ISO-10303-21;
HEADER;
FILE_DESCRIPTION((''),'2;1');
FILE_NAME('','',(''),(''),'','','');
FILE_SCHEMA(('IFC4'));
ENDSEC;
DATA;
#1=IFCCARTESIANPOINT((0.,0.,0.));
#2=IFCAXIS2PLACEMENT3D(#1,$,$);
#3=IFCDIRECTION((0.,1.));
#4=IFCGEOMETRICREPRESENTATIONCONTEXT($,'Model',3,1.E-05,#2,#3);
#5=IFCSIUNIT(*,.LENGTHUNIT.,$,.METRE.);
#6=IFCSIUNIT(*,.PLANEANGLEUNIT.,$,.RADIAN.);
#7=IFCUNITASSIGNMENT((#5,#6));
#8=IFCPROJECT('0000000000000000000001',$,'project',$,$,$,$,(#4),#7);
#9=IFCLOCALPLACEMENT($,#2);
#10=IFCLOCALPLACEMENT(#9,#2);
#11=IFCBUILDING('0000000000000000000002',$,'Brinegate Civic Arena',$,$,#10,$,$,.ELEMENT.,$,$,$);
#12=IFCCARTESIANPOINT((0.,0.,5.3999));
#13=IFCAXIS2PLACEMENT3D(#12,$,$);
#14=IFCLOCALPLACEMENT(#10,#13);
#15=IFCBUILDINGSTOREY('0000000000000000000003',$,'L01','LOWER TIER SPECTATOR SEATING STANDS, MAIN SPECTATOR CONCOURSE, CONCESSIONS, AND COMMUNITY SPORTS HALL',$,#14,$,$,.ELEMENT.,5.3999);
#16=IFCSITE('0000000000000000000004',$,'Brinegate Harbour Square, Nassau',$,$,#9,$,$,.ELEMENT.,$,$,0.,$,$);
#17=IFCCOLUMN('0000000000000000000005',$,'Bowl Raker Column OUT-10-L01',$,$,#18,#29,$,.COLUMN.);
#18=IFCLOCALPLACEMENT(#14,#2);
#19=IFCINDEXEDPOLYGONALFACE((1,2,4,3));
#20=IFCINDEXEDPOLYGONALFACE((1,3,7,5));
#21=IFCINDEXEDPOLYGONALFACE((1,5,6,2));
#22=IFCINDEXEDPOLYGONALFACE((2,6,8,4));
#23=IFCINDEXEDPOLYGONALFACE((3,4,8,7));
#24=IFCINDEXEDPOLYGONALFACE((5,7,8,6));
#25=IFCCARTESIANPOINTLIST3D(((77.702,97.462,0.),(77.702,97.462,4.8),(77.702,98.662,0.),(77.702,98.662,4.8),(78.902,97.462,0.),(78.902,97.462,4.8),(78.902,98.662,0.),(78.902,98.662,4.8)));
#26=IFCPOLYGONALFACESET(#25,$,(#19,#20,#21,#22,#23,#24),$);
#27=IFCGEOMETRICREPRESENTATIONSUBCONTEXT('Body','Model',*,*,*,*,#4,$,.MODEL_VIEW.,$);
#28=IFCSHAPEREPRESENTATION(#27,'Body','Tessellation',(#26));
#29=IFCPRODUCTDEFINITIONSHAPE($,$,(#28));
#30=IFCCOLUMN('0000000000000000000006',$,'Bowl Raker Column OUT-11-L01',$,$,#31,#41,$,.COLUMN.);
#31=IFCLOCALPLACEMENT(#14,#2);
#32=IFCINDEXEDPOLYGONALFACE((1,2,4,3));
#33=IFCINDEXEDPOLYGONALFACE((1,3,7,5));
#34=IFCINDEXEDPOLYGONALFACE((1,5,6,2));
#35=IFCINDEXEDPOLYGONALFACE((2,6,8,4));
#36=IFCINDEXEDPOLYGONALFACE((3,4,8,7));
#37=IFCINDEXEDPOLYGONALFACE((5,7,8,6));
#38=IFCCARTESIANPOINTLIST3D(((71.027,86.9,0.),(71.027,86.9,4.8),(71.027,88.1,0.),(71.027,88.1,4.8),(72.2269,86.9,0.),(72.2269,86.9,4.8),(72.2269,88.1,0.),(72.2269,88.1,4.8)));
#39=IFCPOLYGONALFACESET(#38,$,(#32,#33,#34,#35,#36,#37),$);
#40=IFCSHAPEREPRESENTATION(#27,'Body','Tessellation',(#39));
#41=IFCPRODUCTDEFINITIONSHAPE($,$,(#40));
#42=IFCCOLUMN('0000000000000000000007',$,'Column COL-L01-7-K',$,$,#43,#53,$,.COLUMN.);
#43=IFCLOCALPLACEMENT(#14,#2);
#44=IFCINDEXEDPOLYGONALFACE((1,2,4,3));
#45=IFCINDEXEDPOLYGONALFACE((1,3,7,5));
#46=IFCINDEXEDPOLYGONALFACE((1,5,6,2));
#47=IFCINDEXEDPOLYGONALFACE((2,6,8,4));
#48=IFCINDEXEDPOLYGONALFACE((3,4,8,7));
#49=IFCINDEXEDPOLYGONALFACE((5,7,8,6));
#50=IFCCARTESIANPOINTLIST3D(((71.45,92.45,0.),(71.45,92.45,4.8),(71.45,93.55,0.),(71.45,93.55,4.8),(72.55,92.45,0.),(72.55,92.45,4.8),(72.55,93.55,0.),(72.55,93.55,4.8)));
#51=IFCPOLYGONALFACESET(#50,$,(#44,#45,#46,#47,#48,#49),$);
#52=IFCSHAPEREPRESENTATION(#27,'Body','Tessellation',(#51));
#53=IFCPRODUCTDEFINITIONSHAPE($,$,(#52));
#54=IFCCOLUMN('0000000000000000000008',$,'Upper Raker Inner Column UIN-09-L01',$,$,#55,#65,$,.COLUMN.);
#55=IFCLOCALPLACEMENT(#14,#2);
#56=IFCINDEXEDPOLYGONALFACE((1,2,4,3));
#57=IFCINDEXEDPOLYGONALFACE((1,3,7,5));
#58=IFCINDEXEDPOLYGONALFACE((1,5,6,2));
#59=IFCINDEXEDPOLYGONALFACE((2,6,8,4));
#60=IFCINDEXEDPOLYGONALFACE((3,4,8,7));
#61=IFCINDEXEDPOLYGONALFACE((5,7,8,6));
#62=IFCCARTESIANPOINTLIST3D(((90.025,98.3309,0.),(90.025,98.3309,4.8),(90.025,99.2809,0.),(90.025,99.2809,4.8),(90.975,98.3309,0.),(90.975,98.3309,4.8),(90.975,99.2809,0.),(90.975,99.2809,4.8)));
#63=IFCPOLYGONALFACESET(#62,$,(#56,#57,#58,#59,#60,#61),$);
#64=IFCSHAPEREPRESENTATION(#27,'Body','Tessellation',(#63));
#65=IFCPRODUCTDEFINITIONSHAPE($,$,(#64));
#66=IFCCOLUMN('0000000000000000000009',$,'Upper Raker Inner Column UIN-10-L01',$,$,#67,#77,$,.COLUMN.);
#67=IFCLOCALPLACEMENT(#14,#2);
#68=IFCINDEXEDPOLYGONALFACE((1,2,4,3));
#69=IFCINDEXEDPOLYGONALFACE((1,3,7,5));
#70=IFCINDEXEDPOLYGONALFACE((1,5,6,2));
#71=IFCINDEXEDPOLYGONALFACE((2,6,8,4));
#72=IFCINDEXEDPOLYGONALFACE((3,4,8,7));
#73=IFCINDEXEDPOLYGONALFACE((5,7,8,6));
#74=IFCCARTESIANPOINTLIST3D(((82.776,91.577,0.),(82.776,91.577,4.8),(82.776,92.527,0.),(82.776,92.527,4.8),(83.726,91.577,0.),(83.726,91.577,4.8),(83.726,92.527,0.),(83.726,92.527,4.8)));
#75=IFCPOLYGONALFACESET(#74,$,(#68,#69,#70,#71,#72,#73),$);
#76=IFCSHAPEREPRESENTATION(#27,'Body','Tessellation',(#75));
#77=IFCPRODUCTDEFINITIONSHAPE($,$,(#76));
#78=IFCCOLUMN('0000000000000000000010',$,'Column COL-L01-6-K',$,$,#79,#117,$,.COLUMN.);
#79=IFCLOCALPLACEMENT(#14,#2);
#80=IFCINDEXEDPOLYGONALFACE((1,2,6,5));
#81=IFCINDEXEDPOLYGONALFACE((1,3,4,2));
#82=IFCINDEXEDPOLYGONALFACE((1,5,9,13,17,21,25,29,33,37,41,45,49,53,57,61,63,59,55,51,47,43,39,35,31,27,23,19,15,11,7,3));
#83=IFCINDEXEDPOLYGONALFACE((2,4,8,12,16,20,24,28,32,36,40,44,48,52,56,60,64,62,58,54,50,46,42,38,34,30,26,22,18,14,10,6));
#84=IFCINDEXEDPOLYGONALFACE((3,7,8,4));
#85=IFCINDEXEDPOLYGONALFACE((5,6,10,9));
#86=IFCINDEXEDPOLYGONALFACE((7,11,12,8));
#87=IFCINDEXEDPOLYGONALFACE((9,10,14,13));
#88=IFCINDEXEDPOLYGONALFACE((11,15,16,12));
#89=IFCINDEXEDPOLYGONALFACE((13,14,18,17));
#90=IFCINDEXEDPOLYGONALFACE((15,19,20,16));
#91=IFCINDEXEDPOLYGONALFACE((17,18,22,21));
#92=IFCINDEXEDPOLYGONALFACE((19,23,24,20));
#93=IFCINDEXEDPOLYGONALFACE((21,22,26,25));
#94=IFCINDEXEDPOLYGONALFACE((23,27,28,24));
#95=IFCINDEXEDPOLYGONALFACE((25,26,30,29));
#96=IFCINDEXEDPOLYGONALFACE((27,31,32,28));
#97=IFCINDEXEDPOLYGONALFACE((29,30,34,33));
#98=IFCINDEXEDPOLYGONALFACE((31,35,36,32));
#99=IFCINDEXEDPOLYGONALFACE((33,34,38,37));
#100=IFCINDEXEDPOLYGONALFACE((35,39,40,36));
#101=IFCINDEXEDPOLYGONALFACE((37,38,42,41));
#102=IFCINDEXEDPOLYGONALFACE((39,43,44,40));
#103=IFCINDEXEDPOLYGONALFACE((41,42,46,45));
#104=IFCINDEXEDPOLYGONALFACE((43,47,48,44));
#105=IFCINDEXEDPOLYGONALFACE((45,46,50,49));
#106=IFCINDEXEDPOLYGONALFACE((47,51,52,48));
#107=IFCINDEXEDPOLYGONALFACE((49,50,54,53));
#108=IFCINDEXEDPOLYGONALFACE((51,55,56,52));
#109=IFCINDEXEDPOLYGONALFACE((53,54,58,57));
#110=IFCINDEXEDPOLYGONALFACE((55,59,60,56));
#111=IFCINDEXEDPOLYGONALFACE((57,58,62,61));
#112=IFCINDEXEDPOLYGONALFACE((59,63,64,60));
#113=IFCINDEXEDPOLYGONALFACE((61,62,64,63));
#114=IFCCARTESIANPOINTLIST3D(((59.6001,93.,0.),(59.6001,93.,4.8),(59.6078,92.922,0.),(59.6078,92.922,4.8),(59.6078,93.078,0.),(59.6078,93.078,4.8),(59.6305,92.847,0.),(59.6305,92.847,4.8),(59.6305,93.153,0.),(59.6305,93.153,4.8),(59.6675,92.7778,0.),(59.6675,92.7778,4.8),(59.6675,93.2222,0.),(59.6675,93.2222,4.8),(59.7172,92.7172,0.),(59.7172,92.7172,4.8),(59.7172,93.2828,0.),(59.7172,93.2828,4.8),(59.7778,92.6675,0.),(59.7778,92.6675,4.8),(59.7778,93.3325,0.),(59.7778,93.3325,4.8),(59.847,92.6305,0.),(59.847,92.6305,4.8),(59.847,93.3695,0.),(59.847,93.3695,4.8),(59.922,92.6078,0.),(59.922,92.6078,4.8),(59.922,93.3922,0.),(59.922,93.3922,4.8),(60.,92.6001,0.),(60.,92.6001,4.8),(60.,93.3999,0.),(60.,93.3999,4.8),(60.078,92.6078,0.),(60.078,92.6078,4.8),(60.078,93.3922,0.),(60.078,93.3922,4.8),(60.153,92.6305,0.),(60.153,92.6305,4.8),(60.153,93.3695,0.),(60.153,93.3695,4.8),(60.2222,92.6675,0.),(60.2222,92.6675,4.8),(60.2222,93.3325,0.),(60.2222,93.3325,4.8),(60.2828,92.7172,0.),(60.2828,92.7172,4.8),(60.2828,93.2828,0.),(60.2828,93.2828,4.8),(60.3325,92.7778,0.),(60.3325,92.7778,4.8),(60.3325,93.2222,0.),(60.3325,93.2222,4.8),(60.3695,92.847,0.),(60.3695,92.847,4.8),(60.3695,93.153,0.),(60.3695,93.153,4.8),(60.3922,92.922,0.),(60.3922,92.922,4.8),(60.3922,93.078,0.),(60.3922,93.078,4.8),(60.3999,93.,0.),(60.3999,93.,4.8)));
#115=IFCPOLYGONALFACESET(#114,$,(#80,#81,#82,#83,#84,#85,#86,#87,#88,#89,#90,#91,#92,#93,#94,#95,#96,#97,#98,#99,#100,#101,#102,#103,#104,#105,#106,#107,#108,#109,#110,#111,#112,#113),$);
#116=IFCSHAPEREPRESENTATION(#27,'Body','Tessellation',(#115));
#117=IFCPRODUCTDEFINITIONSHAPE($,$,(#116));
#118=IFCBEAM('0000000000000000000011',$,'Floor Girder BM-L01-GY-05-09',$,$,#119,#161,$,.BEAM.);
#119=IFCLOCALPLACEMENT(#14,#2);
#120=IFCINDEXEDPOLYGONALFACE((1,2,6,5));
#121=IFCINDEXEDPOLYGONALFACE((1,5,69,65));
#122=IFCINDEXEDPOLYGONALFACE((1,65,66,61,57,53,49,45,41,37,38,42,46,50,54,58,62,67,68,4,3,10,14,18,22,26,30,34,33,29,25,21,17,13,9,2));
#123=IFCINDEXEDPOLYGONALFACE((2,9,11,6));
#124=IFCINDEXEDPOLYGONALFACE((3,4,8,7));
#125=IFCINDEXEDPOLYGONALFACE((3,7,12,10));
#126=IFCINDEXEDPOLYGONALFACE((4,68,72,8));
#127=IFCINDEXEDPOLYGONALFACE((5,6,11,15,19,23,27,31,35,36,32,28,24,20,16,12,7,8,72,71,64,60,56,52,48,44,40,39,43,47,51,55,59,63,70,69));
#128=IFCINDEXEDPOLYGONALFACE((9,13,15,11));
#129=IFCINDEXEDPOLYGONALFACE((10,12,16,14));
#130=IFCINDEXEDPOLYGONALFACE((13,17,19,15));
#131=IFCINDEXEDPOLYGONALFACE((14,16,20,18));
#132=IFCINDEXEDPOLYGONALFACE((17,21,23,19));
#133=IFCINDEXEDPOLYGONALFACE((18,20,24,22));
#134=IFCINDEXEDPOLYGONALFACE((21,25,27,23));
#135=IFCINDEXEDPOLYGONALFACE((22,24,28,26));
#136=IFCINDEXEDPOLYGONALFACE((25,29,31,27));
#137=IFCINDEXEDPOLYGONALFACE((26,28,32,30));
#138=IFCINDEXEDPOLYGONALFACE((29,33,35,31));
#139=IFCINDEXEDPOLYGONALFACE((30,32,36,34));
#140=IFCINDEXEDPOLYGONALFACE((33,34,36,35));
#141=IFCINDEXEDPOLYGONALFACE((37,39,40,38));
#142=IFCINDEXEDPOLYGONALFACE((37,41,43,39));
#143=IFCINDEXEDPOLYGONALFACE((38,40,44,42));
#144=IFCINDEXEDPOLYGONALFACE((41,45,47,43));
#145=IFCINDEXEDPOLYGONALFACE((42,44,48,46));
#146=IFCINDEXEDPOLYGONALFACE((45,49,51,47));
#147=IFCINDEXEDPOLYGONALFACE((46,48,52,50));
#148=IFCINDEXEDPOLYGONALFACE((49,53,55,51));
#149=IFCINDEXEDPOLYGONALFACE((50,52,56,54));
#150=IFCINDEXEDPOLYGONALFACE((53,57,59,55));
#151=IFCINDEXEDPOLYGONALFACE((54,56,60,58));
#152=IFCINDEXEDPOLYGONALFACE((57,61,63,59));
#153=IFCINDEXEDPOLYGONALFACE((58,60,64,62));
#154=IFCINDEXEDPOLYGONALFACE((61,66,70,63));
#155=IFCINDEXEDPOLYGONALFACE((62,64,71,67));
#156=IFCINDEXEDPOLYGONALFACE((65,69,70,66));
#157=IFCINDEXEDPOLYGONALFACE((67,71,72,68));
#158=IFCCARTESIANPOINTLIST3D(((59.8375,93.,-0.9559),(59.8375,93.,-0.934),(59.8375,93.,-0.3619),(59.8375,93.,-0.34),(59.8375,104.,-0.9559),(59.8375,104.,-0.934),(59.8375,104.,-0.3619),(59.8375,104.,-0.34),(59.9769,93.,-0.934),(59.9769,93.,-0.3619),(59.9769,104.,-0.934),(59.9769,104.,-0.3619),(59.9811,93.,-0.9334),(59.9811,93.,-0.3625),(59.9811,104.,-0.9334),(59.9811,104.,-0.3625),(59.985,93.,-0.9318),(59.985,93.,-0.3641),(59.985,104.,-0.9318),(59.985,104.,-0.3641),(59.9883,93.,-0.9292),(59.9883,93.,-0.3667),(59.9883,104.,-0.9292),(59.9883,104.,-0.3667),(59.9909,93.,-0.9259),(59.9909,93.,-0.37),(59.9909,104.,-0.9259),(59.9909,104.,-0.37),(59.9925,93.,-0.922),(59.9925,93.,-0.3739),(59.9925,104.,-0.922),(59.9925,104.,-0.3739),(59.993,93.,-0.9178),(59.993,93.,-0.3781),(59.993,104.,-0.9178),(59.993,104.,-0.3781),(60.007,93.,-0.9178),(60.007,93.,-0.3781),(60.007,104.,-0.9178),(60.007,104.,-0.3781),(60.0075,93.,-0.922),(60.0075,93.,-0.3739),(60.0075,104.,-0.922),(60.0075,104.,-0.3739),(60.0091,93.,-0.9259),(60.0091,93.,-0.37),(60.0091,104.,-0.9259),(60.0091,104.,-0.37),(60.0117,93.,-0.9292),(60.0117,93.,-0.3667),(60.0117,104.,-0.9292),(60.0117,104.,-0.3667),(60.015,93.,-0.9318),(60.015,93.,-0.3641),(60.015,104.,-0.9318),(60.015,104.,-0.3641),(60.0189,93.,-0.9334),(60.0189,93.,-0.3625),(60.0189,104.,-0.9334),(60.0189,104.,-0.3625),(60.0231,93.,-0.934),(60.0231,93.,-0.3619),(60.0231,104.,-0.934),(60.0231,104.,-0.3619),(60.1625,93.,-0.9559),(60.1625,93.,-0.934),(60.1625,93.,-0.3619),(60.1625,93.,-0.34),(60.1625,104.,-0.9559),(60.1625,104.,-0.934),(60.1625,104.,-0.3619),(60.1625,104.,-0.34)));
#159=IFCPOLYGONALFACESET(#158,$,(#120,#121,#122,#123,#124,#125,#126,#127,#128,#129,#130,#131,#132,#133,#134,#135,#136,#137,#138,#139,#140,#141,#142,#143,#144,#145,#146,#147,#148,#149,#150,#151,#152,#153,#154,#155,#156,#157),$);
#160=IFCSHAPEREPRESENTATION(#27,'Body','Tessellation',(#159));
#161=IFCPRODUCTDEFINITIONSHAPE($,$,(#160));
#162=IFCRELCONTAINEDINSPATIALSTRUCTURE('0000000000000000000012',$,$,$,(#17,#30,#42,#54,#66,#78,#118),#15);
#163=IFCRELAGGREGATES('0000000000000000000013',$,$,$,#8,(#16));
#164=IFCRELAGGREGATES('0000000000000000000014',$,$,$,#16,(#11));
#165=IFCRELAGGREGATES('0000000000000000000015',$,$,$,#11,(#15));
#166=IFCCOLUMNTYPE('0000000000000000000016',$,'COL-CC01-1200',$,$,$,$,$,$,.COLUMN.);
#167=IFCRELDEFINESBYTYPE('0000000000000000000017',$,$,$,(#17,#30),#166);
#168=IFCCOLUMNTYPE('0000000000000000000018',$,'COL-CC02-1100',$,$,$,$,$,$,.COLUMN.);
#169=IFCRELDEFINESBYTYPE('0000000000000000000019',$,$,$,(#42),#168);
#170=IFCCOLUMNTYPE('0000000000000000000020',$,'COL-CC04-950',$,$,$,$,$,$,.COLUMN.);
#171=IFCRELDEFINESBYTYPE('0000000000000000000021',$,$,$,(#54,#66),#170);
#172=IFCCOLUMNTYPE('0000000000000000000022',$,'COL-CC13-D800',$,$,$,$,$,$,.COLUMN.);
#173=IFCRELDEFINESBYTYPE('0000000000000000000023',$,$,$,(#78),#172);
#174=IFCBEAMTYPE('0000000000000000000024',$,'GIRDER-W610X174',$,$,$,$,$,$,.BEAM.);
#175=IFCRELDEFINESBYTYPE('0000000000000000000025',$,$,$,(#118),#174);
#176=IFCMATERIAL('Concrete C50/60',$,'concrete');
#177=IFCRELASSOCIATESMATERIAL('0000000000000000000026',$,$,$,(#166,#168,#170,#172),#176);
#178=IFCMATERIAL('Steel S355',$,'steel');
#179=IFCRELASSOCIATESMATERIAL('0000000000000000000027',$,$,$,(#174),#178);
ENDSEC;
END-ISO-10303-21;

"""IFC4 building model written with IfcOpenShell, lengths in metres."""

from ifc_helpers import new_model, si_unit, direction, frame, origin, origin_2d, place, context, subcontext, project, spatial, rectangle, circle, i_section, extrude, material, material_profile, profile_set, type_object, element, save


model = new_model("IFC4")

# Units and contexts
model_context = context("Model", 3, precision=1e-05, world=origin(), true_north=direction((0.0, 1.0)))
body_context = subcontext(model_context, "Body", "Model", "MODEL_VIEW")
ifc_project = project(units=[si_unit("LENGTHUNIT", "METRE"), si_unit("PLANEANGLEUNIT", "RADIAN")], contexts=[model_context])

# Site, building, storey
site_placement = place(None, origin())
site = spatial("IfcSite", under=ifc_project, at=site_placement, Name="Brinegate Harbour Square, Nassau", CompositionType="ELEMENT", RefElevation=0.0)
building_placement = place(site_placement, origin())
building = spatial("IfcBuilding", under=site, at=building_placement, Name="Brinegate Civic Arena", CompositionType="ELEMENT")
storey_placement = place(building_placement, frame((0.0, 0.0, 5.3999)))
storey = spatial("IfcBuildingStorey", under=building, at=storey_placement, Name="L01", Description="LOWER TIER SPECTATOR SEATING STANDS, MAIN SPECTATOR CONCOURSE, CONCESSIONS, AND COMMUNITY SPORTS HALL", CompositionType="ELEMENT", Elevation=5.3999)

# Columns
ifc_material_1 = material(Name="Concrete C50/60", Category="concrete")
ifc_material_profile_1 = material_profile(ifc_material_1, rectangle(XDim=1.2, YDim=1.2, at=origin_2d()), Name="RC1200X1200")
ifc_profile_set_1 = profile_set([ifc_material_profile_1], Name="Concrete C50/60")
column_type_1 = type_object("IfcColumnType", Name="COL-CC01-1200", PredefinedType="COLUMN", material=ifc_profile_set_1)
for number, where, z_axis, x_axis, name in (
    (1, (78.302, 98.062, 0.0), (0.0, 0.0, 1.0), (1.0, 0.0, 0.0), "Bowl Raker Column OUT-10-L01"),
    (2, (71.627, 87.5, 0.0), (0.0, 0.0, 1.0), (1.0, 0.0, 0.0), "Bowl Raker Column OUT-11-L01"),
):
    element("IfcColumn", number, at=place(storey_placement, frame(where, z_axis=z_axis, x_axis=x_axis)), inside=storey, type_object=column_type_1, Name=name, PredefinedType="COLUMN", context=body_context, shape_type="SweptSolid", body=[
        extrude(rectangle(XDim=1.2, YDim=1.2, at=origin_2d()), origin(), (0.0, 0.0, 1.0), 4.8),
    ])
ifc_material_profile_2 = material_profile(ifc_material_1, rectangle(XDim=1.1001, YDim=1.1001, at=origin_2d()), Name="RC1100X1100")
ifc_profile_set_2 = profile_set([ifc_material_profile_2], Name="Concrete C50/60")
column_type_2 = type_object("IfcColumnType", Name="COL-CC02-1100", PredefinedType="COLUMN", material=ifc_profile_set_2)
column_1_placement = place(storey_placement, frame((72.0, 93.0, 0.0), z_axis=(0.0, 0.0, 1.0), x_axis=(1.0, 0.0, 0.0)))
element("IfcColumn", 3, at=column_1_placement, inside=storey, type_object=column_type_2, Name="Column COL-L01-7-K", PredefinedType="COLUMN", context=body_context, shape_type="SweptSolid", body=[
    extrude(rectangle(XDim=1.1001, YDim=1.1001, at=origin_2d()), origin(), (0.0, 0.0, 1.0), 4.8),
])
ifc_material_profile_3 = material_profile(ifc_material_1, rectangle(XDim=0.95, YDim=0.95, at=origin_2d()), Name="RC950X950")
ifc_profile_set_3 = profile_set([ifc_material_profile_3], Name="Concrete C50/60")
column_type_3 = type_object("IfcColumnType", Name="COL-CC04-950", PredefinedType="COLUMN", material=ifc_profile_set_3)
for number, where, z_axis, x_axis, name in (
    (4, (90.5, 98.8059, 0.0), (0.0, 0.0, 1.0), (1.0, 0.0, 0.0), "Upper Raker Inner Column UIN-09-L01"),
    (5, (83.251, 92.052, 0.0), (0.0, 0.0, 1.0), (1.0, 0.0, 0.0), "Upper Raker Inner Column UIN-10-L01"),
):
    element("IfcColumn", number, at=place(storey_placement, frame(where, z_axis=z_axis, x_axis=x_axis)), inside=storey, type_object=column_type_3, Name=name, PredefinedType="COLUMN", context=body_context, shape_type="SweptSolid", body=[
        extrude(rectangle(XDim=0.95, YDim=0.95, at=origin_2d()), origin(), (0.0, 0.0, 1.0), 4.8),
    ])
ifc_material_profile_4 = material_profile(ifc_material_1, circle(Radius=0.3999, at=origin_2d()), Name="RCD800")
ifc_profile_set_4 = profile_set([ifc_material_profile_4], Name="Concrete C50/60")
column_type_4 = type_object("IfcColumnType", Name="COL-CC13-D800", PredefinedType="COLUMN", material=ifc_profile_set_4)
column_2_placement = place(storey_placement, frame((60.0, 93.0, 0.0), z_axis=(0.0, 0.0, 1.0), x_axis=(1.0, 0.0, 0.0)))
element("IfcColumn", 6, at=column_2_placement, inside=storey, type_object=column_type_4, Name="Column COL-L01-6-K", PredefinedType="COLUMN", context=body_context, shape_type="SweptSolid", body=[
    extrude(circle(Radius=0.3999, at=origin_2d()), origin(), (0.0, 0.0, 1.0), 4.8),
])

# Beam
ifc_material_2 = material(Name="Steel S355", Category="steel")
ifc_material_profile_5 = material_profile(ifc_material_2, i_section(OverallWidth=0.325, OverallDepth=0.616, WebThickness=0.0139, FlangeThickness=0.022, FilletRadius=0.0161, at=origin_2d()), Name="W610X174")
ifc_profile_set_5 = profile_set([ifc_material_profile_5], Name="Steel S355")
beam_type_1 = type_object("IfcBeamType", Name="GIRDER-W610X174", PredefinedType="BEAM", material=ifc_profile_set_5)
beam_1_placement = place(storey_placement, frame((60.0, 93.0, -0.6479), z_axis=(0.0, 1.0, 0.0), x_axis=(-1.0, 0.0, 0.0)))
element("IfcBeam", 7, at=beam_1_placement, inside=storey, type_object=beam_type_1, Name="Floor Girder BM-L01-GY-05-09", PredefinedType="BEAM", context=body_context, shape_type="SweptSolid", body=[
    extrude(i_section(OverallWidth=0.325, OverallDepth=0.616, WebThickness=0.0139, FlangeThickness=0.022, FilletRadius=0.0161, at=origin_2d()), origin(), (0.0, 0.0, 1.0), 11.0),
])

save(model, "model.ifc")
